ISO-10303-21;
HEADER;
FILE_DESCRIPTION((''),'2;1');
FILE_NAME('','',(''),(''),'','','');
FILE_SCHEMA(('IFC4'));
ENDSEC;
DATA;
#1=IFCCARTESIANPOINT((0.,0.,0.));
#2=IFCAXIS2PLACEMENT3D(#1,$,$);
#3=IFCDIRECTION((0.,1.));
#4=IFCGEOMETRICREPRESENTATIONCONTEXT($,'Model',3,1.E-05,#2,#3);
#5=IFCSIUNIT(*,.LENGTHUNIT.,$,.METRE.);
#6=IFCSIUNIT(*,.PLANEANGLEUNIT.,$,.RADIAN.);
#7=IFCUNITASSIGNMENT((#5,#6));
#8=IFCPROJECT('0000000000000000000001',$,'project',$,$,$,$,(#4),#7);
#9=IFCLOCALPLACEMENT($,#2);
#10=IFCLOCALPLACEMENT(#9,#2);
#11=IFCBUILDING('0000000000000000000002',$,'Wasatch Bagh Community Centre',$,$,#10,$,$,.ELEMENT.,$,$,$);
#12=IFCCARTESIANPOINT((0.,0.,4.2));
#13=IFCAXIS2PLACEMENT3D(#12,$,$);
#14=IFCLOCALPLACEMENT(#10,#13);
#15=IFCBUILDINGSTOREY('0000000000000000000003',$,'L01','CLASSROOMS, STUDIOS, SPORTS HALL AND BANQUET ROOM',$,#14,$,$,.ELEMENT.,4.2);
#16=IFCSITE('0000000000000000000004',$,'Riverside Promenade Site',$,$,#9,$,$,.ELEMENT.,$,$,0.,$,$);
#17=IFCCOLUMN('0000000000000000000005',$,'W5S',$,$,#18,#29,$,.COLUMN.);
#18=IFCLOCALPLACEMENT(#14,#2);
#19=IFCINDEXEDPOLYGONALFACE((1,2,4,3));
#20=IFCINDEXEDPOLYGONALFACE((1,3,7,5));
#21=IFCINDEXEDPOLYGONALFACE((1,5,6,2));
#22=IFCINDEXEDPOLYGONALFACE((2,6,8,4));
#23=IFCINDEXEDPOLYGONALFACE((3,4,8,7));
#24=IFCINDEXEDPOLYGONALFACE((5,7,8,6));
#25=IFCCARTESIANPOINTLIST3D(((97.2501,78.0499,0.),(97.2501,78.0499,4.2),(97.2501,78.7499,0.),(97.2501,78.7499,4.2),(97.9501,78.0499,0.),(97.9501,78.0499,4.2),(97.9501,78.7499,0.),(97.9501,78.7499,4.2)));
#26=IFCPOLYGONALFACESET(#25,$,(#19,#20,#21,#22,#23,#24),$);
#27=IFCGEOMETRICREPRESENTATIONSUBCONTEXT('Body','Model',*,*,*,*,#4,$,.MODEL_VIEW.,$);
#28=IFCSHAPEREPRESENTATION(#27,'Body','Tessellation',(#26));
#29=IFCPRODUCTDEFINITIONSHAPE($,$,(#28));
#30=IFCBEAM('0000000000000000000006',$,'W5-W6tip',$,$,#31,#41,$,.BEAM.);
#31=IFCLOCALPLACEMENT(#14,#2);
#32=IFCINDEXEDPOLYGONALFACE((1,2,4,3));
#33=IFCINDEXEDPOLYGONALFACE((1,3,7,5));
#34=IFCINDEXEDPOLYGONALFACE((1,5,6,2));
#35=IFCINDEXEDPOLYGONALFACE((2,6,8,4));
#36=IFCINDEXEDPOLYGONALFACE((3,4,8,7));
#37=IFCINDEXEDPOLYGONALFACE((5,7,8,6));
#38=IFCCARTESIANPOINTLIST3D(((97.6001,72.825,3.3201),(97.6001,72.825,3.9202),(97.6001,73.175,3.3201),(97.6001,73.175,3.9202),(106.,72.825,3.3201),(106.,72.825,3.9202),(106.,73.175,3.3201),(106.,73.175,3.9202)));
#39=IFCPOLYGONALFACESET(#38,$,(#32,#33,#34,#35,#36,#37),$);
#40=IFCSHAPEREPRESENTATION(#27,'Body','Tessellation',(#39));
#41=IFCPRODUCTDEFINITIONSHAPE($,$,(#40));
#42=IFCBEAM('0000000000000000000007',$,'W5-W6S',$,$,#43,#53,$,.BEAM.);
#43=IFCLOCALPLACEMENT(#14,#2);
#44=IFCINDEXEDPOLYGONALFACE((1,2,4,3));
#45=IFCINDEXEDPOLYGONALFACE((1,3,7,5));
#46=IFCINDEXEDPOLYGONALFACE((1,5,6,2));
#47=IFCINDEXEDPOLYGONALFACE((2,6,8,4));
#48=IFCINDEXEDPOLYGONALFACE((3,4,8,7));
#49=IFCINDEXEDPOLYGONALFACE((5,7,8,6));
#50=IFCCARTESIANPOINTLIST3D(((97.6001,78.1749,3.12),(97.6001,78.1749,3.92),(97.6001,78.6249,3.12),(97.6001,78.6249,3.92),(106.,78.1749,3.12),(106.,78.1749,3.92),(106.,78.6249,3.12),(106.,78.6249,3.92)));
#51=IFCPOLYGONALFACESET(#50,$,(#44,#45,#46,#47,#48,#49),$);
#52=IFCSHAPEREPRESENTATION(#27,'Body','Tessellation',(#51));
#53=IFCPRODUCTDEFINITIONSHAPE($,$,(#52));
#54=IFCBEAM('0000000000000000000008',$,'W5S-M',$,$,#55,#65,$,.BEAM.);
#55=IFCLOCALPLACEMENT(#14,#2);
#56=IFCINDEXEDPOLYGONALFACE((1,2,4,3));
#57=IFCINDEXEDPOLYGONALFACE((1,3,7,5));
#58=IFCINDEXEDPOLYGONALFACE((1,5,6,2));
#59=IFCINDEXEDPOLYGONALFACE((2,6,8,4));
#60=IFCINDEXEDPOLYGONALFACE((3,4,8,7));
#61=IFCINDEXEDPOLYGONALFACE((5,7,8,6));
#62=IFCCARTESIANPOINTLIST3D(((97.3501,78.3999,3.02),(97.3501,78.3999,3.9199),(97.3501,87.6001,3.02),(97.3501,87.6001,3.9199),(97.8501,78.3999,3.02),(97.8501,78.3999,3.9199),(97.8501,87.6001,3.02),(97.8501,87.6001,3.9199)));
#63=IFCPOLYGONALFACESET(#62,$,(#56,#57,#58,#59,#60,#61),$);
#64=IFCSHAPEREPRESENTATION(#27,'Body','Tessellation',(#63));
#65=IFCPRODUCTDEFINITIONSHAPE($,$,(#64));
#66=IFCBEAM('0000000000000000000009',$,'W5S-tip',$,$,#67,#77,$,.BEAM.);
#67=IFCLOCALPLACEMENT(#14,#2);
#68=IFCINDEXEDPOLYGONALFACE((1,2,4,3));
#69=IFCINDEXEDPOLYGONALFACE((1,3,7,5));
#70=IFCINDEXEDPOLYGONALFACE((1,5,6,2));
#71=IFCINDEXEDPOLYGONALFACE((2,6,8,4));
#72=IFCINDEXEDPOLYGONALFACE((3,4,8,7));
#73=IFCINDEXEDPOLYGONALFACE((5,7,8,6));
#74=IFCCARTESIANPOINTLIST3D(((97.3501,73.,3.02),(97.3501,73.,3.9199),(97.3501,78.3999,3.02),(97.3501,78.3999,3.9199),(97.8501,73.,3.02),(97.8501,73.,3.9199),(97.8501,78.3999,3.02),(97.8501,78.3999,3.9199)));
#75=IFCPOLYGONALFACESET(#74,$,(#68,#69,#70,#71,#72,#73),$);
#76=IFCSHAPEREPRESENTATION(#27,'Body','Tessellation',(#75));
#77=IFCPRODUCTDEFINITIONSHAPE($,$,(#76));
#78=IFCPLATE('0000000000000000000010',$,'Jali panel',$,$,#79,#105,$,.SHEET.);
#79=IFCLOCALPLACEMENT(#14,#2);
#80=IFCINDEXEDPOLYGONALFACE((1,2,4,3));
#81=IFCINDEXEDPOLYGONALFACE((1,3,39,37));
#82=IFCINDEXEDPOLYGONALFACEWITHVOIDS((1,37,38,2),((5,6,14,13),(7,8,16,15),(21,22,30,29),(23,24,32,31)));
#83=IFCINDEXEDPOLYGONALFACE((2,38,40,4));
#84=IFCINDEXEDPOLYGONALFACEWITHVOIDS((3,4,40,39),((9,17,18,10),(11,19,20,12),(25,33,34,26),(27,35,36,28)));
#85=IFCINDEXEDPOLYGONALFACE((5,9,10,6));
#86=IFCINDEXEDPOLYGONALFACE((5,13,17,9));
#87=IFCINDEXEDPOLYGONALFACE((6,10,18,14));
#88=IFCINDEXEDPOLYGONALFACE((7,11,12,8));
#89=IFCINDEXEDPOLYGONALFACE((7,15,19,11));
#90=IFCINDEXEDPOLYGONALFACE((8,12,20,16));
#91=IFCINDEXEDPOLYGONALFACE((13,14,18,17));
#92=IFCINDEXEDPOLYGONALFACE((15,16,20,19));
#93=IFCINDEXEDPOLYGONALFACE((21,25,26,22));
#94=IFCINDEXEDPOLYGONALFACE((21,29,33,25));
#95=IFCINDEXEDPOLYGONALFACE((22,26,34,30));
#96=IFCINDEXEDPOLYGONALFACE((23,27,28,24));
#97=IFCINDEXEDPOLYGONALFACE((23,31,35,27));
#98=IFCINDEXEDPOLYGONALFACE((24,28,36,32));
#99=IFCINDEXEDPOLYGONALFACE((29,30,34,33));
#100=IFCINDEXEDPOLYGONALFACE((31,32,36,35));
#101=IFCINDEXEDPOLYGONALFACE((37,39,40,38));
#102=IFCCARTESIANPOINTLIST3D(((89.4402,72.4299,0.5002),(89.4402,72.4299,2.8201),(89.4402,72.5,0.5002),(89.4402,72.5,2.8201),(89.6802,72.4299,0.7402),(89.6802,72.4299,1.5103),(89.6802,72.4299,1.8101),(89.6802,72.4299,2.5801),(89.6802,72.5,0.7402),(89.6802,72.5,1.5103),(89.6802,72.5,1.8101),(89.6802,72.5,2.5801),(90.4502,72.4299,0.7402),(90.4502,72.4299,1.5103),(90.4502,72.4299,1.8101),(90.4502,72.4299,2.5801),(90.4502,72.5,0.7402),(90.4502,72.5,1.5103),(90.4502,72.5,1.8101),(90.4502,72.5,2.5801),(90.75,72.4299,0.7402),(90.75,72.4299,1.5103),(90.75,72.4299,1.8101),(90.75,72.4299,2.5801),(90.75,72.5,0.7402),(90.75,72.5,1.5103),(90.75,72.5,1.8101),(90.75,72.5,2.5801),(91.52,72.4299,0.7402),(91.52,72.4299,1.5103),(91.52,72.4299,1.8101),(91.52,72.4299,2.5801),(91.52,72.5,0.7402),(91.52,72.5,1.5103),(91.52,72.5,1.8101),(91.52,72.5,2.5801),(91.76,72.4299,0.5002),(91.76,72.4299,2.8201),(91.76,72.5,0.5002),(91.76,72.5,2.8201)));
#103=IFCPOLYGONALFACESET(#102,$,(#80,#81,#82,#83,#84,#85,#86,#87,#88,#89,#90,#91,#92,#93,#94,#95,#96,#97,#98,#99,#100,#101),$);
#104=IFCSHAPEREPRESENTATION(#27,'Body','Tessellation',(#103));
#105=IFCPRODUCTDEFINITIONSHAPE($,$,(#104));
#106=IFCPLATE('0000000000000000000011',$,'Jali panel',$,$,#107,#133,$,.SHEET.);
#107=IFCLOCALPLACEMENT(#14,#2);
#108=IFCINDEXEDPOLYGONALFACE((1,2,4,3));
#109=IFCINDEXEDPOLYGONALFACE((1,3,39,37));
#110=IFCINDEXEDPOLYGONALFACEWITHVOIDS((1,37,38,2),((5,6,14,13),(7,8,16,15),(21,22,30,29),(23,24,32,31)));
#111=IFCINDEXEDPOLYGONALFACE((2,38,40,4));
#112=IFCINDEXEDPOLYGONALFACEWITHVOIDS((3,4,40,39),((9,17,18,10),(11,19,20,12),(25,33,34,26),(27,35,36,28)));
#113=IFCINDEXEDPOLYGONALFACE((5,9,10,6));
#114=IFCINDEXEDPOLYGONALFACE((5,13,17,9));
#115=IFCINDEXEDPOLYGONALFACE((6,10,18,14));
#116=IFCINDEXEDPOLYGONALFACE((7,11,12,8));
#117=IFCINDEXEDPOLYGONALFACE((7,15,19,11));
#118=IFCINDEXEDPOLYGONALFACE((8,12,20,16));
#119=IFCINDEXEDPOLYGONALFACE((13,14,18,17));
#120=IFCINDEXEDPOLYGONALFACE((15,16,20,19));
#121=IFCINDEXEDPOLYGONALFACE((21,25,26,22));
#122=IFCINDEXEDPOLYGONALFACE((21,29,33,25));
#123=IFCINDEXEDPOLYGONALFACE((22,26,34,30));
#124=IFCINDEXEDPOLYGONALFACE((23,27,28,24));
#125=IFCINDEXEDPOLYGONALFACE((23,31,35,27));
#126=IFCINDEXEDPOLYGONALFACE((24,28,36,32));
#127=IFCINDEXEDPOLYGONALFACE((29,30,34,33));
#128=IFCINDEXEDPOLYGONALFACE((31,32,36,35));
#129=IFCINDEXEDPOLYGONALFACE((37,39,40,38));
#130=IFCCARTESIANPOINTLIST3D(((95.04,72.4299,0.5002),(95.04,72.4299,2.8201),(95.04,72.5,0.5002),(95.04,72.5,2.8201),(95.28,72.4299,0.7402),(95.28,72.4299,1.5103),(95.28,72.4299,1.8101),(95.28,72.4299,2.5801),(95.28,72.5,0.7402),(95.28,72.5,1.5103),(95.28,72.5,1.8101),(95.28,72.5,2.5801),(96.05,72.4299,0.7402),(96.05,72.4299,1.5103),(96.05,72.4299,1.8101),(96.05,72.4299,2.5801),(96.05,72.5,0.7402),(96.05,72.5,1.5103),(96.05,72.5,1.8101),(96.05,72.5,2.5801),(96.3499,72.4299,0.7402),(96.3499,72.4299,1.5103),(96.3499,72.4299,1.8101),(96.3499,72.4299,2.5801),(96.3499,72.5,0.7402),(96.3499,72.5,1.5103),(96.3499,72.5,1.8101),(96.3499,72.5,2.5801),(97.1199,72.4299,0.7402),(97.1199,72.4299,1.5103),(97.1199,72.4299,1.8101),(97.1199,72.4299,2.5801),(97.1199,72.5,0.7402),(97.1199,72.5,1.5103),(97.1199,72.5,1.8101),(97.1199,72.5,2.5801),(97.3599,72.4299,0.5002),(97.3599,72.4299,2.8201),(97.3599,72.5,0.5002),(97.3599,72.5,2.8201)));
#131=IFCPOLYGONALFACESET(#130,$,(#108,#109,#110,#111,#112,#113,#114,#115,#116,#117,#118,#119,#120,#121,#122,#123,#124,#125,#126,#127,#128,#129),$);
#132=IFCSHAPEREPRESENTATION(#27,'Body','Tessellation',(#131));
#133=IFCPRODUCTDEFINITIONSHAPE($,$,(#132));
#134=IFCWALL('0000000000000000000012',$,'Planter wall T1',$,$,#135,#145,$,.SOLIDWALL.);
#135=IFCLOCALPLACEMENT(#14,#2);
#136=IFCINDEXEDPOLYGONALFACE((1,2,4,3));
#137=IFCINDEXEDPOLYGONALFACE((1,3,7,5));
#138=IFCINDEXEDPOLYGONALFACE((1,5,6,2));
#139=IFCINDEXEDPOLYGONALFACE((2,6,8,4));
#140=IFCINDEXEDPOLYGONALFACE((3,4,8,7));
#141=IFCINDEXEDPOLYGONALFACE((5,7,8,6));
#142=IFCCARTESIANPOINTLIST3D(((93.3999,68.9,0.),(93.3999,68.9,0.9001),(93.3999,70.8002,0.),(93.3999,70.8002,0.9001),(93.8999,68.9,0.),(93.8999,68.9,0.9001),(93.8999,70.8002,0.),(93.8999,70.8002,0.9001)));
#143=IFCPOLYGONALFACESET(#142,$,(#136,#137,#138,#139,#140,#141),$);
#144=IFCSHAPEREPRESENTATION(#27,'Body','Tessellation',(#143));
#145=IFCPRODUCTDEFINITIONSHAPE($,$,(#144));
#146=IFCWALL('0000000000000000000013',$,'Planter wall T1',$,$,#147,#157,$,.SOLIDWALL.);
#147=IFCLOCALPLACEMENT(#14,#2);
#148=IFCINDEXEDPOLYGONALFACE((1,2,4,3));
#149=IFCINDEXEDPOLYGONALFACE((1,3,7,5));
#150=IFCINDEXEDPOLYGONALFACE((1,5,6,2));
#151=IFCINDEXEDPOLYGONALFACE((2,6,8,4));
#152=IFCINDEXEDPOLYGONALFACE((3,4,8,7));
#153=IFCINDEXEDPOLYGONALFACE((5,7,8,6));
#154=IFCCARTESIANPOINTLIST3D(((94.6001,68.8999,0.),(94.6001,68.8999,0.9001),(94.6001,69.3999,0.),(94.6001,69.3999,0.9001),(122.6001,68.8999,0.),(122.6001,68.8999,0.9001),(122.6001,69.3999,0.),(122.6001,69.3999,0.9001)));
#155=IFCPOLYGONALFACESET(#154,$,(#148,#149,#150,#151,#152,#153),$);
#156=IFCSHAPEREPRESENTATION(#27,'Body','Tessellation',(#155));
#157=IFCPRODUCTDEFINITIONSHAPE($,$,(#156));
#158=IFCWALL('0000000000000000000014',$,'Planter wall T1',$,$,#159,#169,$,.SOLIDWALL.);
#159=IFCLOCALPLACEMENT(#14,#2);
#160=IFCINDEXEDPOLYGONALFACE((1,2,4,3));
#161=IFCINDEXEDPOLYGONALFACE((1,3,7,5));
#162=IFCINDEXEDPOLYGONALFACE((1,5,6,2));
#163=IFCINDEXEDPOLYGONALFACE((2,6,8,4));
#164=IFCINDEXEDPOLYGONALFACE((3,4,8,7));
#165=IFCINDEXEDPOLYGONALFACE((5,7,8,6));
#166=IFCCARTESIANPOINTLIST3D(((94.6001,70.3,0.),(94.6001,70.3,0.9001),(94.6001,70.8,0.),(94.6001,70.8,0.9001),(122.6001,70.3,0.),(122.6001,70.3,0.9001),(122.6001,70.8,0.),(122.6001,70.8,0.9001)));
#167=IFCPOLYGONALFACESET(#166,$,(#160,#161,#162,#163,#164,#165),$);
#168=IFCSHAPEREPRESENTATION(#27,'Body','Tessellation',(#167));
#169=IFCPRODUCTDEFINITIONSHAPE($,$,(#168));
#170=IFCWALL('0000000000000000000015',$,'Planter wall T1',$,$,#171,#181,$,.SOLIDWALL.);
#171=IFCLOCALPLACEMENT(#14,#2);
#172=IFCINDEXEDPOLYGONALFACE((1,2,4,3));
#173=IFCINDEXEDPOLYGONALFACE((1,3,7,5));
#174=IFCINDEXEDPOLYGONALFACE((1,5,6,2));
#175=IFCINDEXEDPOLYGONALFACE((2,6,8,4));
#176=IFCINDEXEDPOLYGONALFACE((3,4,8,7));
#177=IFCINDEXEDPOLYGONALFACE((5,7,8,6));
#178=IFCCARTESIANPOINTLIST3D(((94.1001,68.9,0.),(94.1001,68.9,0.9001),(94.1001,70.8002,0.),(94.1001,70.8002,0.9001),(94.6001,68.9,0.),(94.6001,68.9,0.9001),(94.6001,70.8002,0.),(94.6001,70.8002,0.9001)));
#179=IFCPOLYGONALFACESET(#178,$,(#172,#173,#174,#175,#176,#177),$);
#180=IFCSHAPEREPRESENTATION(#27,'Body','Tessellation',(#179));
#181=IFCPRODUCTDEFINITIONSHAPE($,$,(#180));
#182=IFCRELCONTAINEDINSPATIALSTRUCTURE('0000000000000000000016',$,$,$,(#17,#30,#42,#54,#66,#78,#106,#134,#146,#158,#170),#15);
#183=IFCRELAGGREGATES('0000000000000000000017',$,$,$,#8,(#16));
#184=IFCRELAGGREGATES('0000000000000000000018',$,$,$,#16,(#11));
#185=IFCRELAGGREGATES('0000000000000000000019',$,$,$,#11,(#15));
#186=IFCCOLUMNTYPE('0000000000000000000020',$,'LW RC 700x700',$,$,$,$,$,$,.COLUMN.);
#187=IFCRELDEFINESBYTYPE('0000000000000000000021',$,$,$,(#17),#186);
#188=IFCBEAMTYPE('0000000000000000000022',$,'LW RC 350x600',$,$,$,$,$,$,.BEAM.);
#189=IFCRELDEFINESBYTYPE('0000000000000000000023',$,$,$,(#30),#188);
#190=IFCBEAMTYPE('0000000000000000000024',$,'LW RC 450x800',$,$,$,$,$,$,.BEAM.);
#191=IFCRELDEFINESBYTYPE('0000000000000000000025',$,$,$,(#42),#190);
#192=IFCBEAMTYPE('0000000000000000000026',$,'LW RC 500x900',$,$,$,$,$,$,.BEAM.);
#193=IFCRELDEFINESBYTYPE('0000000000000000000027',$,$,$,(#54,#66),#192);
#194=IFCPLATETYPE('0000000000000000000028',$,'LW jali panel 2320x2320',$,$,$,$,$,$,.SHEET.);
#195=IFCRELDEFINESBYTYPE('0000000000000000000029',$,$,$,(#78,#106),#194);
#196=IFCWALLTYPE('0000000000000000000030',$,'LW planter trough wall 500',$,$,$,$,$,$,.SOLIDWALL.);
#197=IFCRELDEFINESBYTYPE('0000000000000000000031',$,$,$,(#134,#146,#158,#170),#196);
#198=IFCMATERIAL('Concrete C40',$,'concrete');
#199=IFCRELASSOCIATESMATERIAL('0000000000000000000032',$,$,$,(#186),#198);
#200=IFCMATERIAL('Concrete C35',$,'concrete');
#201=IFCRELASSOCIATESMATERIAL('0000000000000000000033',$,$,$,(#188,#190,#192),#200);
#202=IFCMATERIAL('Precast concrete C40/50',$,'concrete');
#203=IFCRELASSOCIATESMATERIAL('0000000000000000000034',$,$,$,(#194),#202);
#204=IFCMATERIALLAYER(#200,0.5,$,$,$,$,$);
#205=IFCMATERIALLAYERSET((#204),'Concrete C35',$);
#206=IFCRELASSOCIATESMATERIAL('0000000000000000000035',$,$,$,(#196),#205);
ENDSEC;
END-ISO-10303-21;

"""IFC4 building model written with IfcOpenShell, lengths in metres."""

from ifc_helpers import new_model, si_unit, direction, frame, frame_2d, origin, origin_2d, place, context, subcontext, project, spatial, polyline, rectangle, outline, extrude, material, layer, layer_set, material_profile, profile_set, type_object, element, save


model = new_model("IFC4")

# Units and contexts
model_context = context("Model", 3, precision=1e-05, world=origin(), true_north=direction((0.0, 1.0)))
body_context = subcontext(model_context, "Body", "Model", "MODEL_VIEW")
ifc_project = project(units=[si_unit("LENGTHUNIT", "METRE"), si_unit("PLANEANGLEUNIT", "RADIAN")], contexts=[model_context])

# Site, building, storey
site_placement = place(None, origin())
site = spatial("IfcSite", under=ifc_project, at=site_placement, Name="Riverside Promenade Site", CompositionType="ELEMENT", RefElevation=0.0)
building_placement = place(site_placement, origin())
building = spatial("IfcBuilding", under=site, at=building_placement, Name="Wasatch Bagh Community Centre", CompositionType="ELEMENT")
storey_placement = place(building_placement, frame((0.0, 0.0, 4.2)))
storey = spatial("IfcBuildingStorey", under=building, at=storey_placement, Name="L01", Description="CLASSROOMS, STUDIOS, SPORTS HALL AND BANQUET ROOM", CompositionType="ELEMENT", Elevation=4.2)

# Column
ifc_material_1 = material(Name="Concrete C40", Category="concrete")
ifc_material_profile_1 = material_profile(ifc_material_1, rectangle(XDim=0.7, YDim=0.7, at=origin_2d()), Name="RC 700x700")
ifc_profile_set_1 = profile_set([ifc_material_profile_1], Name="Concrete C40")
column_type = type_object("IfcColumnType", Name="LW RC 700x700", PredefinedType="COLUMN", material=ifc_profile_set_1)
column_placement = place(storey_placement, frame((97.6001, 78.3999, 0.0), z_axis=(0.0, 0.0, 1.0), x_axis=(1.0, 0.0, 0.0)))
element("IfcColumn", 1, at=column_placement, inside=storey, type_object=column_type, Name="W5S", PredefinedType="COLUMN", context=body_context, shape_type="SweptSolid", body=[
    extrude(rectangle(XDim=0.7, YDim=0.7, at=origin_2d()), origin(), (0.0, 0.0, 1.0), 4.2),
])

# Beams
ifc_material_2 = material(Name="Concrete C35", Category="concrete")
ifc_material_profile_2 = material_profile(ifc_material_2, rectangle(XDim=0.3501, YDim=0.6001, at=origin_2d()), Name="RC 350x600")
ifc_profile_set_2 = profile_set([ifc_material_profile_2], Name="Concrete C35")
beam_type_1 = type_object("IfcBeamType", Name="LW RC 350x600", PredefinedType="BEAM", material=ifc_profile_set_2)
beam_1_placement = place(storey_placement, frame((97.6001, 73.0, 3.6201), z_axis=(1.0, 0.0, 0.0), x_axis=(0.0, 1.0, 0.0)))
element("IfcBeam", 2, at=beam_1_placement, inside=storey, type_object=beam_type_1, Name="W5-W6tip", PredefinedType="BEAM", context=body_context, shape_type="SweptSolid", body=[
    extrude(rectangle(XDim=0.3501, YDim=0.6001, at=origin_2d()), origin(), (0.0, 0.0, 1.0), 8.3999),
])
ifc_material_profile_3 = material_profile(ifc_material_2, rectangle(XDim=0.45, YDim=0.8, at=origin_2d()), Name="RC 450x800")
ifc_profile_set_3 = profile_set([ifc_material_profile_3], Name="Concrete C35")
beam_type_2 = type_object("IfcBeamType", Name="LW RC 450x800", PredefinedType="BEAM", material=ifc_profile_set_3)
beam_2_placement = place(storey_placement, frame((97.6001, 78.3999, 3.52), z_axis=(1.0, 0.0, 0.0), x_axis=(0.0, 1.0, 0.0)))
element("IfcBeam", 3, at=beam_2_placement, inside=storey, type_object=beam_type_2, Name="W5-W6S", PredefinedType="BEAM", context=body_context, shape_type="SweptSolid", body=[
    extrude(rectangle(XDim=0.45, YDim=0.8, at=origin_2d()), origin(), (0.0, 0.0, 1.0), 8.3999),
])
ifc_material_profile_4 = material_profile(ifc_material_2, rectangle(XDim=0.5, YDim=0.8999, at=origin_2d()), Name="RC 500x900")
ifc_profile_set_4 = profile_set([ifc_material_profile_4], Name="Concrete C35")
beam_type_3 = type_object("IfcBeamType", Name="LW RC 500x900", PredefinedType="BEAM", material=ifc_profile_set_4)
beam_3_placement = place(storey_placement, frame((97.6001, 78.3999, 3.47), z_axis=(0.0, 1.0, 0.0), x_axis=(-1.0, 0.0, 0.0)))
element("IfcBeam", 4, at=beam_3_placement, inside=storey, type_object=beam_type_3, Name="W5S-M", PredefinedType="BEAM", context=body_context, shape_type="SweptSolid", body=[
    extrude(rectangle(XDim=0.5, YDim=0.8999, at=origin_2d()), origin(), (0.0, 0.0, 1.0), 9.2002),
])
beam_4_placement = place(storey_placement, frame((97.6001, 78.3999, 3.47), z_axis=(0.0, -1.0, 0.0), x_axis=(1.0, 0.0, 0.0)))
element("IfcBeam", 5, at=beam_4_placement, inside=storey, type_object=beam_type_3, Name="W5S-tip", PredefinedType="BEAM", context=body_context, shape_type="SweptSolid", body=[
    extrude(rectangle(XDim=0.5, YDim=0.8999, at=origin_2d()), origin(), (0.0, 0.0, 1.0), 5.3999),
])

# Plates
ifc_material_3 = material(Name="Precast concrete C40/50", Category="concrete")
ifc_material_profile_5 = material_profile(ifc_material_3, outline(polyline([(-1.1599, -1.1599), (1.1599, -1.1599), (1.1599, 1.1599), (-1.1599, 1.1599), (-1.1599, -1.1599)]), holes=[polyline([(-0.9199, -0.9199), (-0.1499, -0.9199), (-0.1499, -0.1499), (-0.9199, -0.1499), (-0.9199, -0.9199)]), polyline([(-0.9199, 0.1499), (-0.1499, 0.1499), (-0.1499, 0.9199), (-0.9199, 0.9199), (-0.9199, 0.1499)]), polyline([(0.1499, -0.9199), (0.9199, -0.9199), (0.9199, -0.1499), (0.1499, -0.1499), (0.1499, -0.9199)]), polyline([(0.1499, 0.1499), (0.9199, 0.1499), (0.9199, 0.9199), (0.1499, 0.9199), (0.1499, 0.1499)])]), Name="Jali lattice")
ifc_profile_set_5 = profile_set([ifc_material_profile_5], Name="Precast concrete C40/50")
plate_type = type_object("IfcPlateType", Name="LW jali panel 2320x2320", PredefinedType="SHEET", material=ifc_profile_set_5)
for number, where, z_axis, x_axis, name in (
    (6, (90.6001, 72.5, 1.6602), (0.0, -1.0, 0.0), (1.0, 0.0, 0.0), "Jali panel"),
    (7, (96.2, 72.5, 1.6602), (0.0, -1.0, 0.0), (1.0, 0.0, 0.0), "Jali panel"),
):
    element("IfcPlate", number, at=place(storey_placement, frame(where, z_axis=z_axis, x_axis=x_axis)), inside=storey, type_object=plate_type, Name=name, PredefinedType="SHEET", context=body_context, shape_type="SweptSolid", body=[
        extrude(outline(polyline([(-1.1599, -1.1599), (1.1599, -1.1599), (1.1599, 1.1599), (-1.1599, 1.1599), (-1.1599, -1.1599)]), holes=[polyline([(-0.9199, -0.9199), (-0.1499, -0.9199), (-0.1499, -0.1499), (-0.9199, -0.1499), (-0.9199, -0.9199)]), polyline([(-0.9199, 0.1499), (-0.1499, 0.1499), (-0.1499, 0.9199), (-0.9199, 0.9199), (-0.9199, 0.1499)]), polyline([(0.1499, -0.9199), (0.9199, -0.9199), (0.9199, -0.1499), (0.1499, -0.1499), (0.1499, -0.9199)]), polyline([(0.1499, 0.1499), (0.9199, 0.1499), (0.9199, 0.9199), (0.1499, 0.9199), (0.1499, 0.1499)])]), origin(), (0.0, 0.0, 1.0), 0.0701),
    ])

# Walls
ifc_layer_1 = layer(ifc_material_2, 0.5)
ifc_layer_set_1 = layer_set([ifc_layer_1], Name="Concrete C35")
wall_type_1 = type_object("IfcWallType", Name="LW planter trough wall 500", PredefinedType="SOLIDWALL", material=ifc_layer_set_1)
wall_1_placement = place(storey_placement, frame((93.6499, 68.8999, 0.0), z_axis=(0.0, 0.0, 1.0), x_axis=(0.0, 1.0, 0.0)))
element("IfcWall", 8, at=wall_1_placement, inside=storey, type_object=wall_type_1, Name="Planter wall T1", PredefinedType="SOLIDWALL", context=body_context, shape_type="SweptSolid", body=[
    extrude(rectangle(XDim=1.9001, YDim=0.5, at=frame_2d((0.9502, 0.0))), origin(), (0.0, 0.0, 1.0), 0.9001),
])
for number, where, z_axis, x_axis, name in (
    (9, (94.6001, 69.1499, 0.0), (0.0, 0.0, 1.0), (1.0, 0.0, 0.0), "Planter wall T1"),
    (10, (94.6001, 70.55, 0.0), (0.0, 0.0, 1.0), (1.0, 0.0, 0.0), "Planter wall T1"),
):
    element("IfcWall", number, at=place(storey_placement, frame(where, z_axis=z_axis, x_axis=x_axis)), inside=storey, type_object=wall_type_1, Name=name, PredefinedType="SOLIDWALL", context=body_context, shape_type="SweptSolid", body=[
        extrude(rectangle(XDim=28.0, YDim=0.5, at=frame_2d((14.0, 0.0))), origin(), (0.0, 0.0, 1.0), 0.9001),
    ])
wall_2_placement = place(storey_placement, frame((94.3501, 68.8999, 0.0), z_axis=(0.0, 0.0, 1.0), x_axis=(0.0, 1.0, 0.0)))
element("IfcWall", 11, at=wall_2_placement, inside=storey, type_object=wall_type_1, Name="Planter wall T1", PredefinedType="SOLIDWALL", context=body_context, shape_type="SweptSolid", body=[
    extrude(rectangle(XDim=1.9001, YDim=0.5, at=frame_2d((0.9502, 0.0))), origin(), (0.0, 0.0, 1.0), 0.9001),
])

save(model, "model.ifc")
